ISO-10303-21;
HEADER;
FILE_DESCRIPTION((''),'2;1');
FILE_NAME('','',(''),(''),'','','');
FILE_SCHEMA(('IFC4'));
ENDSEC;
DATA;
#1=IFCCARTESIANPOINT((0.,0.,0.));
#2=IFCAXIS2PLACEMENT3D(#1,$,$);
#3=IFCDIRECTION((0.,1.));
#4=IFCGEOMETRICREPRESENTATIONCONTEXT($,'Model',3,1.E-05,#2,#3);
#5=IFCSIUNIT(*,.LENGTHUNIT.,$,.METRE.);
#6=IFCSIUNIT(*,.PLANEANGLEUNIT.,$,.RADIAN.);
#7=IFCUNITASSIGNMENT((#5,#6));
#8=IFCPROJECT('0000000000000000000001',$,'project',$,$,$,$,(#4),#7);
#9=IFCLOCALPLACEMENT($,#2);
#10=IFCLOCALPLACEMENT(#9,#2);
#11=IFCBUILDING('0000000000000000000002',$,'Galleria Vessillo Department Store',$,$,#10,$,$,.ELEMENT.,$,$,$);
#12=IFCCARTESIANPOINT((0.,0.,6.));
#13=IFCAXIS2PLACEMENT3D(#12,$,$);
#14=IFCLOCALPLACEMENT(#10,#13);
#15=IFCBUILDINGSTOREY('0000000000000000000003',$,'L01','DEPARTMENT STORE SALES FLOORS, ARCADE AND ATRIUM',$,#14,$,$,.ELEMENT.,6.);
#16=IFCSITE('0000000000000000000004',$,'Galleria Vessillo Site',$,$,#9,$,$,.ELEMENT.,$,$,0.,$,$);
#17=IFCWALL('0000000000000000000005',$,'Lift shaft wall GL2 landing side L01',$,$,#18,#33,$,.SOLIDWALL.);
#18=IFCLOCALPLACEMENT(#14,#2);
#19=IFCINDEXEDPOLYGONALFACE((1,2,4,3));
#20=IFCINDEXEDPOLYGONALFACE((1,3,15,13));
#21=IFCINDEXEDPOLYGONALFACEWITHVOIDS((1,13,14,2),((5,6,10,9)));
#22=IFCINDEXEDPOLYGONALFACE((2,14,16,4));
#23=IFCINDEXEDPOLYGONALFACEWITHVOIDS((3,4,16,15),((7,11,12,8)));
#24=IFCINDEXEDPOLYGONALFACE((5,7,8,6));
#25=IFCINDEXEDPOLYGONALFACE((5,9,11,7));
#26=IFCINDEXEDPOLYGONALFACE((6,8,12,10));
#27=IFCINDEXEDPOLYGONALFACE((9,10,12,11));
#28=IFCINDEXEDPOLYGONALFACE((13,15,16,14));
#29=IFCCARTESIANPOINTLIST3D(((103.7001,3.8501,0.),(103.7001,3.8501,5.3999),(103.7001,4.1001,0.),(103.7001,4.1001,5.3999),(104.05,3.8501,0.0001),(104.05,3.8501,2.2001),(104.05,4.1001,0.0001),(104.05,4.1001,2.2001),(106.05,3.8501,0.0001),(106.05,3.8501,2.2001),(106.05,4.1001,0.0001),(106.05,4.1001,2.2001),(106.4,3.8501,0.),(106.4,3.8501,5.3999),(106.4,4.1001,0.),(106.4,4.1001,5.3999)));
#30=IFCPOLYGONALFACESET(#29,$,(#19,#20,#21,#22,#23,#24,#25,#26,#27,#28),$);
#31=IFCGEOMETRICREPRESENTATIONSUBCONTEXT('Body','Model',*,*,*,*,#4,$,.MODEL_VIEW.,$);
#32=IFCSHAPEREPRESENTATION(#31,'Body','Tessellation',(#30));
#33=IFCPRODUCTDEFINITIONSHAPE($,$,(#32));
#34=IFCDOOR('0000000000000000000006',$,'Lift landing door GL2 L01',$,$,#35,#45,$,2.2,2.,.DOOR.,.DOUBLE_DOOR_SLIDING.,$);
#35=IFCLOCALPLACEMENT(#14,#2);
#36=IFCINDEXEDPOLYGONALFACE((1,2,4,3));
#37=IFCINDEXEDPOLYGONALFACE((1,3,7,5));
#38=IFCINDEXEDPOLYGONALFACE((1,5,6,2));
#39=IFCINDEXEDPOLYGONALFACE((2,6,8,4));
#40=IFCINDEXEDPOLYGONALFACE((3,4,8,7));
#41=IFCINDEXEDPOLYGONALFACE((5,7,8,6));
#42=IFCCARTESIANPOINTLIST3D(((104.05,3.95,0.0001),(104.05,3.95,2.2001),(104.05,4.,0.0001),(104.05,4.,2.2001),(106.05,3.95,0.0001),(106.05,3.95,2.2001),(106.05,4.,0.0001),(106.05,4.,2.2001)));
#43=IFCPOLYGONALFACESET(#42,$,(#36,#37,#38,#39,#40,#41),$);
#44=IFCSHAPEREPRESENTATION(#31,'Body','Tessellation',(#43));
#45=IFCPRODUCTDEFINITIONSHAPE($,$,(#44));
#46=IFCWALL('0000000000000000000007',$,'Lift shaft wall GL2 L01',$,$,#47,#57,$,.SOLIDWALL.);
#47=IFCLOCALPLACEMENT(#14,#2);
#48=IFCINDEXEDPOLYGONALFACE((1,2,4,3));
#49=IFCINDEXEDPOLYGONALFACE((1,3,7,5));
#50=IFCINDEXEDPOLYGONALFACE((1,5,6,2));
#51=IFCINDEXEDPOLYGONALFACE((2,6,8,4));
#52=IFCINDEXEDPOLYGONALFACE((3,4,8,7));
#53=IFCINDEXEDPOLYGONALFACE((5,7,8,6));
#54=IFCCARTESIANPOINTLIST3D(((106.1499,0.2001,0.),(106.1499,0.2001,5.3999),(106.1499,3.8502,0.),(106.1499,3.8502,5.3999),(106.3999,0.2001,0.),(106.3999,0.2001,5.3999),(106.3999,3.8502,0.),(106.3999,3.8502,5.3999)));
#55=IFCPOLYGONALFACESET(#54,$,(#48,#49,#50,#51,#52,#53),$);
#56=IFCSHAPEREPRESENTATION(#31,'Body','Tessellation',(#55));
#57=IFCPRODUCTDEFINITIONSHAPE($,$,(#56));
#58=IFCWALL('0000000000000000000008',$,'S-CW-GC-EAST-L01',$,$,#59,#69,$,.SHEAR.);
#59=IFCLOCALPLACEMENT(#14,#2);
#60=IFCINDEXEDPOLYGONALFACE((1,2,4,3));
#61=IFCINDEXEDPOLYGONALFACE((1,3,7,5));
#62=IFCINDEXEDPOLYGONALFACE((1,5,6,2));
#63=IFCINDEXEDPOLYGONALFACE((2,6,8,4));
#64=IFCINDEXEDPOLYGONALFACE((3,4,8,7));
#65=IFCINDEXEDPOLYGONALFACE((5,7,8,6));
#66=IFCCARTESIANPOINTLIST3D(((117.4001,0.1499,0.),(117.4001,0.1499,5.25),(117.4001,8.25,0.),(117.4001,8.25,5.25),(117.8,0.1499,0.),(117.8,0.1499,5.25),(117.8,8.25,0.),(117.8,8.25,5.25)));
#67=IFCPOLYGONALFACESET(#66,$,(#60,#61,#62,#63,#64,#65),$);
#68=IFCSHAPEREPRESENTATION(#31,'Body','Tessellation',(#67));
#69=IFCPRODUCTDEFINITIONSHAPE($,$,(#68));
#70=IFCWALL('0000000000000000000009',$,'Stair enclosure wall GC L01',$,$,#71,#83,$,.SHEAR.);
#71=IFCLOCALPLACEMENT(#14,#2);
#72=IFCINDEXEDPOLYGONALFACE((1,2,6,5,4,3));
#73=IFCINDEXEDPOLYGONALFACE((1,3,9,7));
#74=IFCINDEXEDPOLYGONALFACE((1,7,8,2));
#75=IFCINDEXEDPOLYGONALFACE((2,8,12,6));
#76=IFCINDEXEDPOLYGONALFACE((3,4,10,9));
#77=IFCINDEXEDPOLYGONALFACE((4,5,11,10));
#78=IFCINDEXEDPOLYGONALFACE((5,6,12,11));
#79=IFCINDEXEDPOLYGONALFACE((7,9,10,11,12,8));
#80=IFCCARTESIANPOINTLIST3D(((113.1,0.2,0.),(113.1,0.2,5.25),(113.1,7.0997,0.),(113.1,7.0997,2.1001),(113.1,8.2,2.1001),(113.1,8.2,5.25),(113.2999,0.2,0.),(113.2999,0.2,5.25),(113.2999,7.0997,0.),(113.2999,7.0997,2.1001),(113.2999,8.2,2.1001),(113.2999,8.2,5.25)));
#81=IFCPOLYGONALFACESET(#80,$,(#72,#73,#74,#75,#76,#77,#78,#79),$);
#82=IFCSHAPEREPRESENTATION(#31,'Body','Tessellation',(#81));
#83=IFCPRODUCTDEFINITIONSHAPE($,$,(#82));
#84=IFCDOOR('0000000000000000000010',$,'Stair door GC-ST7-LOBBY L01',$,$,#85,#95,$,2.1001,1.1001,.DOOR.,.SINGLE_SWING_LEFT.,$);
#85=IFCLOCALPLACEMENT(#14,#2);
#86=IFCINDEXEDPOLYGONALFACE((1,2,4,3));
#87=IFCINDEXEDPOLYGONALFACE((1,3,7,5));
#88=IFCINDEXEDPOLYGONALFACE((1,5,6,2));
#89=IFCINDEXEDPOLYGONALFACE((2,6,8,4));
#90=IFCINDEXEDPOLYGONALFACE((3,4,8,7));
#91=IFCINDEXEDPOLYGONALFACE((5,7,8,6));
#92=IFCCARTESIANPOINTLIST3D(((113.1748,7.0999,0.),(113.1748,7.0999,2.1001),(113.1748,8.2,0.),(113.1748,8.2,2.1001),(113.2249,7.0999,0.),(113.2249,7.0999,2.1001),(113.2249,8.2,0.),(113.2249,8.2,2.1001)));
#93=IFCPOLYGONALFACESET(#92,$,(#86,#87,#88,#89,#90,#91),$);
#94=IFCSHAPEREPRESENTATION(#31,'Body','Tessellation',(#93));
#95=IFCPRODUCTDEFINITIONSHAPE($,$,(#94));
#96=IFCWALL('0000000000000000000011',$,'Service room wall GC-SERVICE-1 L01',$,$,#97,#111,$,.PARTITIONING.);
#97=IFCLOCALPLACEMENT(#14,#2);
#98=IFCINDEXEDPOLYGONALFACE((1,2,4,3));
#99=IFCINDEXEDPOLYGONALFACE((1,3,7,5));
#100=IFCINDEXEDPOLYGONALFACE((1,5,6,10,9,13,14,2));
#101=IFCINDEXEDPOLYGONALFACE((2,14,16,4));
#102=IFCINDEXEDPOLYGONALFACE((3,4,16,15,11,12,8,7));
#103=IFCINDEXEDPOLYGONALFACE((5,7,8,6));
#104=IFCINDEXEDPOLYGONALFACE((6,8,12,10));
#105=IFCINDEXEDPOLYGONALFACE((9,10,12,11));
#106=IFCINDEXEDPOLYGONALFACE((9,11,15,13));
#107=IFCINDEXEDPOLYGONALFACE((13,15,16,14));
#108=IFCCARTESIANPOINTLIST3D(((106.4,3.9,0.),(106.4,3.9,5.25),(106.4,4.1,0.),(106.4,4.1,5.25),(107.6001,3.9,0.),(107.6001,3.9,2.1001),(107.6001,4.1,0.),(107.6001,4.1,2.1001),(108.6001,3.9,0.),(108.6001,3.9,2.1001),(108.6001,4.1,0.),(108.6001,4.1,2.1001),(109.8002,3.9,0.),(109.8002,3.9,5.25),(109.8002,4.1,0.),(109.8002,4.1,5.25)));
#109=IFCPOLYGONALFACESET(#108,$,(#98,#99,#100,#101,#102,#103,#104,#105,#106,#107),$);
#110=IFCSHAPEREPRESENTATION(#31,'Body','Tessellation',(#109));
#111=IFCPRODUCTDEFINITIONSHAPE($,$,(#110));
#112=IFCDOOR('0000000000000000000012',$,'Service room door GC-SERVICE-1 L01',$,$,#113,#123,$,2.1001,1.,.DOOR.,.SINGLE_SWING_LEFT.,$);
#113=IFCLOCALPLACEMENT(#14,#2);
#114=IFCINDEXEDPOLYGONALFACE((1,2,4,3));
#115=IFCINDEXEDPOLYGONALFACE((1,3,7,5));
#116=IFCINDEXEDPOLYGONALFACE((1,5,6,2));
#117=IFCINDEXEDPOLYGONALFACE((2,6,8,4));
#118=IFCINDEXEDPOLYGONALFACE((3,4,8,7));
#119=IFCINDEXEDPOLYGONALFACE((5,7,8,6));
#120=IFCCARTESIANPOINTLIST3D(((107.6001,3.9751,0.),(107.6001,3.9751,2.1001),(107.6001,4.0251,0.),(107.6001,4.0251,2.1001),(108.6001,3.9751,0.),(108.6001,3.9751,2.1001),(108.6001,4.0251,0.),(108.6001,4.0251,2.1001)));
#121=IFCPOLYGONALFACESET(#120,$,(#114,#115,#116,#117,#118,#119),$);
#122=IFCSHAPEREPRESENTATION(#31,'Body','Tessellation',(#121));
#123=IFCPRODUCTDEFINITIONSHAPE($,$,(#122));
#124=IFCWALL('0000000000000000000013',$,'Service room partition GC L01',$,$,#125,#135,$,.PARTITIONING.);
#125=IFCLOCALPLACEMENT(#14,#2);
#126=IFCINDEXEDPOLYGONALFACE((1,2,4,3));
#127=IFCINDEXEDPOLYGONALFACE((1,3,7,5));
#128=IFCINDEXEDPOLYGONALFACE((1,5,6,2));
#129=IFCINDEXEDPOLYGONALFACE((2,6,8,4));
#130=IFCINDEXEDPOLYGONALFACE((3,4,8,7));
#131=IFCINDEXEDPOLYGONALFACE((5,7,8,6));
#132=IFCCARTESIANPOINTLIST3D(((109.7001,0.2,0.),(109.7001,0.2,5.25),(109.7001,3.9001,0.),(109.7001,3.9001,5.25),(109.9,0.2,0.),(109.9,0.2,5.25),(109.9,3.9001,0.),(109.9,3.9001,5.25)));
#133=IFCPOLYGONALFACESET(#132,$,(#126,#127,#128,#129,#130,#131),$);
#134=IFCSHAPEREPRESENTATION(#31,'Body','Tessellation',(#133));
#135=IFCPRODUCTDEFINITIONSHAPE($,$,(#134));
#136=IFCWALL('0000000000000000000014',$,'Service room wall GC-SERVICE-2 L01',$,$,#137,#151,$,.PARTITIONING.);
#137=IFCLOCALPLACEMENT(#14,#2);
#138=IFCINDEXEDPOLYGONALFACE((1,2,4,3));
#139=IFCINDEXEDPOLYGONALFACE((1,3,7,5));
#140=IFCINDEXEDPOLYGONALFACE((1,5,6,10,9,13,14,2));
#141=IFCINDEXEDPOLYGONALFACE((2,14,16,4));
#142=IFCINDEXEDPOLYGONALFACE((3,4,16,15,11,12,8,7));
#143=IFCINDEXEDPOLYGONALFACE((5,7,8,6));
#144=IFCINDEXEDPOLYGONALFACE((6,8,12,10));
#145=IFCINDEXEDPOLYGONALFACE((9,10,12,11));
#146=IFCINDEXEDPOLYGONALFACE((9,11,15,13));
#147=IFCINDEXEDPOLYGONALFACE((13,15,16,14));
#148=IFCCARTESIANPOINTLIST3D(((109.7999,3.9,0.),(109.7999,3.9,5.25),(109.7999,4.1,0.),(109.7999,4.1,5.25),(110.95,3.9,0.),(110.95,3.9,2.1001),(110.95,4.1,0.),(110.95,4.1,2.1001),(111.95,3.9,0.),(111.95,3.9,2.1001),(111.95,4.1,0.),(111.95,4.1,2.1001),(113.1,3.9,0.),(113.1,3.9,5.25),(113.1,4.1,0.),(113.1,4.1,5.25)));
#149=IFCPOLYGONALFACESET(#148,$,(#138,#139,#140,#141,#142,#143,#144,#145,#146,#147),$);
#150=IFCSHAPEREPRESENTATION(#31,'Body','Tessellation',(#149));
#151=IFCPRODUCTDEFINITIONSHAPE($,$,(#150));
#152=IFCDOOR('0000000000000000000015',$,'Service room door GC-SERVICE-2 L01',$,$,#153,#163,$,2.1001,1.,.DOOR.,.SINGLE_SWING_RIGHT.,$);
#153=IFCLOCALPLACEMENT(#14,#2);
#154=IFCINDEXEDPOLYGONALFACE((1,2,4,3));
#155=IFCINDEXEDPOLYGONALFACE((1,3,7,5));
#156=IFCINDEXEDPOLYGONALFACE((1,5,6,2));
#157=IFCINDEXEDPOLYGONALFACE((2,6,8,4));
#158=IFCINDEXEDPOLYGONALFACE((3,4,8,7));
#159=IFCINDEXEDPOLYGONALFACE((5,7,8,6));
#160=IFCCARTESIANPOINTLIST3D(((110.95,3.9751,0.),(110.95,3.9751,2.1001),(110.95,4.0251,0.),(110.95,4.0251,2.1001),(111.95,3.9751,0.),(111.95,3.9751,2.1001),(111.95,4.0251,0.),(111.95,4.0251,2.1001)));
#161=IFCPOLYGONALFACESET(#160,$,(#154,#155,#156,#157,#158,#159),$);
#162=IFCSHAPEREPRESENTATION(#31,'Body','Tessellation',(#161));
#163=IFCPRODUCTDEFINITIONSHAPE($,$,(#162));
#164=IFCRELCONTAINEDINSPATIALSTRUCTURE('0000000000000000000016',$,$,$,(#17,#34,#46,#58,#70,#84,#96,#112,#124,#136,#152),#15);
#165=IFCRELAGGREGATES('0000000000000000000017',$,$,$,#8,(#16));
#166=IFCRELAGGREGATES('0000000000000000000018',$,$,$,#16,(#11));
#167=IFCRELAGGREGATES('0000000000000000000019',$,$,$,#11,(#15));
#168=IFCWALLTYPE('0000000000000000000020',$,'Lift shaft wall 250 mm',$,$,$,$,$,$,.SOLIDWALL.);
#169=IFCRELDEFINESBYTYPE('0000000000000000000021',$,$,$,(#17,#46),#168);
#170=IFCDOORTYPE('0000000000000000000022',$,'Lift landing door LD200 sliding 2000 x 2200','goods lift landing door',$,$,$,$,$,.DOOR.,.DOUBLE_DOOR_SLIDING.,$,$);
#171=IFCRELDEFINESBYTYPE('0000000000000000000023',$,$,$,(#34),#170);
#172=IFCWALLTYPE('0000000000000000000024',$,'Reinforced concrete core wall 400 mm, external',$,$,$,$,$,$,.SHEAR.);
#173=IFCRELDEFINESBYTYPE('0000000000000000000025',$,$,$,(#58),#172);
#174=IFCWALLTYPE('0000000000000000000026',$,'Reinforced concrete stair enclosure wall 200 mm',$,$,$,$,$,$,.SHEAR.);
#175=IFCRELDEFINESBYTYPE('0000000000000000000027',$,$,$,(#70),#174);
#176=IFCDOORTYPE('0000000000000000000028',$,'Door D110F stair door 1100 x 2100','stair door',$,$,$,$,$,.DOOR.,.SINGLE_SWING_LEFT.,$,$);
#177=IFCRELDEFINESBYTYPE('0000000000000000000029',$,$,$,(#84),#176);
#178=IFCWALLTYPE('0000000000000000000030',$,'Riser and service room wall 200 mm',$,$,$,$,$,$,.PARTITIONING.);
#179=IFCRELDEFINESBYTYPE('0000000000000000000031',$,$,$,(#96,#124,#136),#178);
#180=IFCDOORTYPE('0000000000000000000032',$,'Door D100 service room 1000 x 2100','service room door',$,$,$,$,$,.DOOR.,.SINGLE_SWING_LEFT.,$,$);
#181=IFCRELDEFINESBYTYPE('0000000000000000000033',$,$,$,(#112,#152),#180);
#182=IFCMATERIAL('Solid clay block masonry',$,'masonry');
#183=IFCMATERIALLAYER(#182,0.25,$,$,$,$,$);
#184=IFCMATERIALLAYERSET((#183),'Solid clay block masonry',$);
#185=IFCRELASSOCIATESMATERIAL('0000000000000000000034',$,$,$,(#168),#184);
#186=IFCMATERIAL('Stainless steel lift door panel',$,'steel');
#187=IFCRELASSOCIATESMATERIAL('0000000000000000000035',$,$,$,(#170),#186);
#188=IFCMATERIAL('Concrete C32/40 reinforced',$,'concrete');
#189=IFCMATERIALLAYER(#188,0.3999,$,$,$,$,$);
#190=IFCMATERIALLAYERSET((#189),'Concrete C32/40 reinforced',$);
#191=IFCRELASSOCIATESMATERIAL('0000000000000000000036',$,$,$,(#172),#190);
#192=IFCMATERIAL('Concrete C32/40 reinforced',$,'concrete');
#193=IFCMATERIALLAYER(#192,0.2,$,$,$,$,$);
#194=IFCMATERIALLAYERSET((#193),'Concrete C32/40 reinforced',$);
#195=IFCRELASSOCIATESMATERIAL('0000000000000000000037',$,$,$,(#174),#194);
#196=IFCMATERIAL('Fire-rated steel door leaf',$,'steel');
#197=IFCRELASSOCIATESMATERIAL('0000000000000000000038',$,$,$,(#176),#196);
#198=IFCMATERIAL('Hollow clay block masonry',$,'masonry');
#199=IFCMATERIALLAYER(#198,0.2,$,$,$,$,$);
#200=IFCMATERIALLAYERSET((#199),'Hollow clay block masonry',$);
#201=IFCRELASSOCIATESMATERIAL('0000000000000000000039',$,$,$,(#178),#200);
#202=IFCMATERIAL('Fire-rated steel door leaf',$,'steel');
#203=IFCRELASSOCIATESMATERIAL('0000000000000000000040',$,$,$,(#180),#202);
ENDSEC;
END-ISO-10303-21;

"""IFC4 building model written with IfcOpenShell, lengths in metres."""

from ifc_helpers import new_model, si_unit, direction, frame, frame_2d, origin, place, context, subcontext, project, spatial, rectangle, extrude, material, layer, layer_set, type_object, element, fill, save


model = new_model("IFC4")

# Units and contexts
model_context = context("Model", 3, precision=1e-05, world=origin(), true_north=direction((0.0, 1.0)))
body_context = subcontext(model_context, "Body", "Model", "MODEL_VIEW")
ifc_project = project(units=[si_unit("LENGTHUNIT", "METRE"), si_unit("PLANEANGLEUNIT", "RADIAN")], contexts=[model_context])

# Site, building, storey
site_placement = place(None, origin())
site = spatial("IfcSite", under=ifc_project, at=site_placement, Name="Galleria Vessillo Site", CompositionType="ELEMENT", RefElevation=0.0)
building_placement = place(site_placement, origin())
building = spatial("IfcBuilding", under=site, at=building_placement, Name="Galleria Vessillo Department Store", CompositionType="ELEMENT")
storey_placement = place(building_placement, frame((0.0, 0.0, 6.0)))
storey = spatial("IfcBuildingStorey", under=building, at=storey_placement, Name="L01", Description="DEPARTMENT STORE SALES FLOORS, ARCADE AND ATRIUM", CompositionType="ELEMENT", Elevation=6.0)

# Wall, opening, door
ifc_material_1 = material(Name="Solid clay block masonry", Category="masonry")
ifc_layer_1 = layer(ifc_material_1, 0.25)
ifc_layer_set_1 = layer_set([ifc_layer_1], Name="Solid clay block masonry")
wall_type_1 = type_object("IfcWallType", Name="Lift shaft wall 250 mm", PredefinedType="SOLIDWALL", material=ifc_layer_set_1)
wall_1_placement = place(storey_placement, frame((103.7, 3.9751, 0.0), z_axis=(0.0, 0.0, 1.0), x_axis=(1.0, 0.0, 0.0)))
wall_1 = element("IfcWall", 1, at=wall_1_placement, inside=storey, type_object=wall_type_1, Name="Lift shaft wall GL2 landing side L01", PredefinedType="SOLIDWALL", context=body_context, shape_type="SweptSolid", body=[
    extrude(rectangle(XDim=2.7, YDim=0.25, at=frame_2d((1.3501, 0.0))), origin(), (0.0, 0.0, 1.0), 5.3999),
])
opening_1_placement = place(wall_1_placement, frame((0.3501, 0.0, 0.0)))
opening_1 = element("IfcOpeningElement", 2, at=opening_1_placement, cuts=wall_1, PredefinedType="OPENING", context=body_context, shape_type="SweptSolid", body=[
    extrude(rectangle(XDim=2.0, YDim=2.2, at=frame_2d((1.0, 1.1001))), frame((0.0, 0.135, 0.0), z_axis=(0.0, -1.0, 0.0), x_axis=(1.0, 0.0, 0.0)), (0.0, 0.0, 1.0), 0.27),
])
ifc_material_2 = material(Name="Stainless steel lift door panel", Category="steel")
door_type_1 = type_object("IfcDoorType", Name="Lift landing door LD200 sliding 2000 x 2200", Description="goods lift landing door", OperationType="DOUBLE_DOOR_SLIDING", PredefinedType="DOOR", material=ifc_material_2)
door_1_placement = place(opening_1_placement, origin())
door_1 = element("IfcDoor", 3, at=door_1_placement, inside=storey, type_object=door_type_1, Name="Lift landing door GL2 L01", OperationType="DOUBLE_DOOR_SLIDING", OverallHeight=2.2, OverallWidth=2.0, PredefinedType="DOOR", context=body_context, shape_type="SweptSolid", body=[
    extrude(rectangle(XDim=2.0, YDim=2.2, at=frame_2d((1.0, 1.1001))), frame((0.0, 0.0249, 0.0), z_axis=(0.0, -1.0, 0.0), x_axis=(1.0, 0.0, 0.0)), (0.0, 0.0, 1.0), 0.05),
])
fill(opening_1, door_1)

# Walls
wall_2_placement = place(storey_placement, frame((106.2749, 0.2, 0.0), z_axis=(0.0, 0.0, 1.0), x_axis=(0.0, 1.0, 0.0)))
element("IfcWall", 4, at=wall_2_placement, inside=storey, type_object=wall_type_1, Name="Lift shaft wall GL2 L01", PredefinedType="SOLIDWALL", context=body_context, shape_type="SweptSolid", body=[
    extrude(rectangle(XDim=3.6501, YDim=0.25, at=frame_2d((1.8252, 0.0))), origin(), (0.0, 0.0, 1.0), 5.3999),
])
ifc_material_3 = material(Name="Concrete C32/40 reinforced", Category="concrete")
ifc_layer_2 = layer(ifc_material_3, 0.3999)
ifc_layer_set_2 = layer_set([ifc_layer_2], Name="Concrete C32/40 reinforced")
wall_type_2 = type_object("IfcWallType", Name="Reinforced concrete core wall 400 mm, external", PredefinedType="SHEAR", material=ifc_layer_set_2)
wall_3_placement = place(storey_placement, frame((117.6001, 0.1499, 0.0), z_axis=(0.0, 0.0, 1.0), x_axis=(0.0, 1.0, 0.0)))
element("IfcWall", 5, at=wall_3_placement, inside=storey, type_object=wall_type_2, Name="S-CW-GC-EAST-L01", PredefinedType="SHEAR", context=body_context, shape_type="SweptSolid", body=[
    extrude(rectangle(XDim=8.1001, YDim=0.3999, at=frame_2d((4.05, 0.0))), origin(), (0.0, 0.0, 1.0), 5.25),
])

# Walls, openings, doors
ifc_material_4 = material(Name="Concrete C32/40 reinforced", Category="concrete")
ifc_layer_3 = layer(ifc_material_4, 0.2)
ifc_layer_set_3 = layer_set([ifc_layer_3], Name="Concrete C32/40 reinforced")
wall_type_3 = type_object("IfcWallType", Name="Reinforced concrete stair enclosure wall 200 mm", PredefinedType="SHEAR", material=ifc_layer_set_3)
wall_4_placement = place(storey_placement, frame((113.2, 0.2, 0.0), z_axis=(0.0, 0.0, 1.0), x_axis=(0.0, 1.0, 0.0)))
wall_4 = element("IfcWall", 6, at=wall_4_placement, inside=storey, type_object=wall_type_3, Name="Stair enclosure wall GC L01", PredefinedType="SHEAR", context=body_context, shape_type="SweptSolid", body=[
    extrude(rectangle(XDim=8.0, YDim=0.2, at=frame_2d((4.0, 0.0))), origin(), (0.0, 0.0, 1.0), 5.25),
])
opening_2_placement = place(wall_4_placement, frame((6.8999, 0.0, 0.0)))
opening_2 = element("IfcOpeningElement", 7, at=opening_2_placement, cuts=wall_4, PredefinedType="OPENING", context=body_context, shape_type="SweptSolid", body=[
    extrude(rectangle(XDim=1.1101, YDim=2.1001, at=frame_2d((0.5549, 1.05))), frame((0.0, 0.1099, 0.0), z_axis=(0.0, -1.0, 0.0), x_axis=(1.0, 0.0, 0.0)), (0.0, 0.0, 1.0), 0.22),
])
ifc_material_5 = material(Name="Fire-rated steel door leaf", Category="steel")
door_type_2 = type_object("IfcDoorType", Name="Door D110F stair door 1100 x 2100", Description="stair door", OperationType="SINGLE_SWING_LEFT", PredefinedType="DOOR", material=ifc_material_5)
door_2_placement = place(opening_2_placement, frame((1.1001, 0.0, 0.0), z_axis=(0.0, 0.0, 1.0), x_axis=(-1.0, 0.0, 0.0)))
door_2 = element("IfcDoor", 8, at=door_2_placement, inside=storey, type_object=door_type_2, Name="Stair door GC-ST7-LOBBY L01", OperationType="SINGLE_SWING_LEFT", OverallHeight=2.1001, OverallWidth=1.1001, PredefinedType="DOOR", context=body_context, shape_type="SweptSolid", body=[
    extrude(rectangle(XDim=1.1001, YDim=2.1001, at=frame_2d((0.55, 1.05))), frame((0.0, 0.0249, 0.0), z_axis=(0.0, -1.0, 0.0), x_axis=(1.0, 0.0, 0.0)), (0.0, 0.0, 1.0), 0.05),
])
fill(opening_2, door_2)
ifc_material_6 = material(Name="Hollow clay block masonry", Category="masonry")
ifc_layer_4 = layer(ifc_material_6, 0.2)
ifc_layer_set_4 = layer_set([ifc_layer_4], Name="Hollow clay block masonry")
wall_type_4 = type_object("IfcWallType", Name="Riser and service room wall 200 mm", PredefinedType="PARTITIONING", material=ifc_layer_set_4)
wall_5_placement = place(storey_placement, frame((106.3999, 4.0, 0.0), z_axis=(0.0, 0.0, 1.0), x_axis=(1.0, 0.0, 0.0)))
wall_5 = element("IfcWall", 9, at=wall_5_placement, inside=storey, type_object=wall_type_4, Name="Service room wall GC-SERVICE-1 L01", PredefinedType="PARTITIONING", context=body_context, shape_type="SweptSolid", body=[
    extrude(rectangle(XDim=3.4001, YDim=0.2, at=frame_2d((1.7002, 0.0))), origin(), (0.0, 0.0, 1.0), 5.25),
])
opening_3_placement = place(wall_5_placement, frame((1.2002, 0.0, 0.0)))
opening_3 = element("IfcOpeningElement", 10, at=opening_3_placement, cuts=wall_5, PredefinedType="OPENING", context=body_context, shape_type="SweptSolid", body=[
    extrude(rectangle(XDim=1.0, YDim=2.1001, at=frame_2d((0.5, 1.05))), frame((0.0, 0.1099, 0.0), z_axis=(0.0, -1.0, 0.0), x_axis=(1.0, 0.0, 0.0)), (0.0, 0.0, 1.0), 0.22),
])
ifc_material_7 = material(Name="Fire-rated steel door leaf", Category="steel")
door_type_3 = type_object("IfcDoorType", Name="Door D100 service room 1000 x 2100", Description="service room door", OperationType="SINGLE_SWING_LEFT", PredefinedType="DOOR", material=ifc_material_7)
door_3_placement = place(opening_3_placement, frame((1.0, 0.0, 0.0), z_axis=(0.0, 0.0, 1.0), x_axis=(-1.0, 0.0, 0.0)))
door_3 = element("IfcDoor", 11, at=door_3_placement, inside=storey, type_object=door_type_3, Name="Service room door GC-SERVICE-1 L01", OperationType="SINGLE_SWING_LEFT", OverallHeight=2.1001, OverallWidth=1.0, PredefinedType="DOOR", context=body_context, shape_type="SweptSolid", body=[
    extrude(rectangle(XDim=1.0, YDim=2.1001, at=frame_2d((0.5, 1.05))), frame((0.0, 0.0249, 0.0), z_axis=(0.0, -1.0, 0.0), x_axis=(1.0, 0.0, 0.0)), (0.0, 0.0, 1.0), 0.05),
])
fill(opening_3, door_3)

# Wall
wall_6_placement = place(storey_placement, frame((109.8, 0.2, 0.0), z_axis=(0.0, 0.0, 1.0), x_axis=(0.0, 1.0, 0.0)))
element("IfcWall", 12, at=wall_6_placement, inside=storey, type_object=wall_type_4, Name="Service room partition GC L01", PredefinedType="PARTITIONING", context=body_context, shape_type="SweptSolid", body=[
    extrude(rectangle(XDim=3.7002, YDim=0.2, at=frame_2d((1.8501, 0.0))), origin(), (0.0, 0.0, 1.0), 5.25),
])

# Wall, opening, door
wall_7_placement = place(storey_placement, frame((109.8, 4.0, 0.0), z_axis=(0.0, 0.0, 1.0), x_axis=(1.0, 0.0, 0.0)))
wall_7 = element("IfcWall", 13, at=wall_7_placement, inside=storey, type_object=wall_type_4, Name="Service room wall GC-SERVICE-2 L01", PredefinedType="PARTITIONING", context=body_context, shape_type="SweptSolid", body=[
    extrude(rectangle(XDim=3.3, YDim=0.2, at=frame_2d((1.6499, 0.0))), origin(), (0.0, 0.0, 1.0), 5.25),
])
opening_4_placement = place(wall_7_placement, frame((1.1499, 0.0, 0.0)))
opening_4 = element("IfcOpeningElement", 14, at=opening_4_placement, cuts=wall_7, PredefinedType="OPENING", context=body_context, shape_type="SweptSolid", body=[
    extrude(rectangle(XDim=1.0, YDim=2.1001, at=frame_2d((0.5, 1.05))), frame((0.0, 0.1099, 0.0), z_axis=(0.0, -1.0, 0.0), x_axis=(1.0, 0.0, 0.0)), (0.0, 0.0, 1.0), 0.22),
])
door_4_placement = place(opening_4_placement, frame((1.0, 0.0, 0.0), z_axis=(0.0, 0.0, 1.0), x_axis=(-1.0, 0.0, 0.0)))
door_4 = element("IfcDoor", 15, at=door_4_placement, inside=storey, type_object=door_type_3, Name="Service room door GC-SERVICE-2 L01", OperationType="SINGLE_SWING_RIGHT", OverallHeight=2.1001, OverallWidth=1.0, PredefinedType="DOOR", context=body_context, shape_type="SweptSolid", body=[
    extrude(rectangle(XDim=1.0, YDim=2.1001, at=frame_2d((0.5, 1.05))), frame((0.0, 0.0249, 0.0), z_axis=(0.0, -1.0, 0.0), x_axis=(1.0, 0.0, 0.0)), (0.0, 0.0, 1.0), 0.05),
])
fill(opening_4, door_4)

save(model, "model.ifc")
